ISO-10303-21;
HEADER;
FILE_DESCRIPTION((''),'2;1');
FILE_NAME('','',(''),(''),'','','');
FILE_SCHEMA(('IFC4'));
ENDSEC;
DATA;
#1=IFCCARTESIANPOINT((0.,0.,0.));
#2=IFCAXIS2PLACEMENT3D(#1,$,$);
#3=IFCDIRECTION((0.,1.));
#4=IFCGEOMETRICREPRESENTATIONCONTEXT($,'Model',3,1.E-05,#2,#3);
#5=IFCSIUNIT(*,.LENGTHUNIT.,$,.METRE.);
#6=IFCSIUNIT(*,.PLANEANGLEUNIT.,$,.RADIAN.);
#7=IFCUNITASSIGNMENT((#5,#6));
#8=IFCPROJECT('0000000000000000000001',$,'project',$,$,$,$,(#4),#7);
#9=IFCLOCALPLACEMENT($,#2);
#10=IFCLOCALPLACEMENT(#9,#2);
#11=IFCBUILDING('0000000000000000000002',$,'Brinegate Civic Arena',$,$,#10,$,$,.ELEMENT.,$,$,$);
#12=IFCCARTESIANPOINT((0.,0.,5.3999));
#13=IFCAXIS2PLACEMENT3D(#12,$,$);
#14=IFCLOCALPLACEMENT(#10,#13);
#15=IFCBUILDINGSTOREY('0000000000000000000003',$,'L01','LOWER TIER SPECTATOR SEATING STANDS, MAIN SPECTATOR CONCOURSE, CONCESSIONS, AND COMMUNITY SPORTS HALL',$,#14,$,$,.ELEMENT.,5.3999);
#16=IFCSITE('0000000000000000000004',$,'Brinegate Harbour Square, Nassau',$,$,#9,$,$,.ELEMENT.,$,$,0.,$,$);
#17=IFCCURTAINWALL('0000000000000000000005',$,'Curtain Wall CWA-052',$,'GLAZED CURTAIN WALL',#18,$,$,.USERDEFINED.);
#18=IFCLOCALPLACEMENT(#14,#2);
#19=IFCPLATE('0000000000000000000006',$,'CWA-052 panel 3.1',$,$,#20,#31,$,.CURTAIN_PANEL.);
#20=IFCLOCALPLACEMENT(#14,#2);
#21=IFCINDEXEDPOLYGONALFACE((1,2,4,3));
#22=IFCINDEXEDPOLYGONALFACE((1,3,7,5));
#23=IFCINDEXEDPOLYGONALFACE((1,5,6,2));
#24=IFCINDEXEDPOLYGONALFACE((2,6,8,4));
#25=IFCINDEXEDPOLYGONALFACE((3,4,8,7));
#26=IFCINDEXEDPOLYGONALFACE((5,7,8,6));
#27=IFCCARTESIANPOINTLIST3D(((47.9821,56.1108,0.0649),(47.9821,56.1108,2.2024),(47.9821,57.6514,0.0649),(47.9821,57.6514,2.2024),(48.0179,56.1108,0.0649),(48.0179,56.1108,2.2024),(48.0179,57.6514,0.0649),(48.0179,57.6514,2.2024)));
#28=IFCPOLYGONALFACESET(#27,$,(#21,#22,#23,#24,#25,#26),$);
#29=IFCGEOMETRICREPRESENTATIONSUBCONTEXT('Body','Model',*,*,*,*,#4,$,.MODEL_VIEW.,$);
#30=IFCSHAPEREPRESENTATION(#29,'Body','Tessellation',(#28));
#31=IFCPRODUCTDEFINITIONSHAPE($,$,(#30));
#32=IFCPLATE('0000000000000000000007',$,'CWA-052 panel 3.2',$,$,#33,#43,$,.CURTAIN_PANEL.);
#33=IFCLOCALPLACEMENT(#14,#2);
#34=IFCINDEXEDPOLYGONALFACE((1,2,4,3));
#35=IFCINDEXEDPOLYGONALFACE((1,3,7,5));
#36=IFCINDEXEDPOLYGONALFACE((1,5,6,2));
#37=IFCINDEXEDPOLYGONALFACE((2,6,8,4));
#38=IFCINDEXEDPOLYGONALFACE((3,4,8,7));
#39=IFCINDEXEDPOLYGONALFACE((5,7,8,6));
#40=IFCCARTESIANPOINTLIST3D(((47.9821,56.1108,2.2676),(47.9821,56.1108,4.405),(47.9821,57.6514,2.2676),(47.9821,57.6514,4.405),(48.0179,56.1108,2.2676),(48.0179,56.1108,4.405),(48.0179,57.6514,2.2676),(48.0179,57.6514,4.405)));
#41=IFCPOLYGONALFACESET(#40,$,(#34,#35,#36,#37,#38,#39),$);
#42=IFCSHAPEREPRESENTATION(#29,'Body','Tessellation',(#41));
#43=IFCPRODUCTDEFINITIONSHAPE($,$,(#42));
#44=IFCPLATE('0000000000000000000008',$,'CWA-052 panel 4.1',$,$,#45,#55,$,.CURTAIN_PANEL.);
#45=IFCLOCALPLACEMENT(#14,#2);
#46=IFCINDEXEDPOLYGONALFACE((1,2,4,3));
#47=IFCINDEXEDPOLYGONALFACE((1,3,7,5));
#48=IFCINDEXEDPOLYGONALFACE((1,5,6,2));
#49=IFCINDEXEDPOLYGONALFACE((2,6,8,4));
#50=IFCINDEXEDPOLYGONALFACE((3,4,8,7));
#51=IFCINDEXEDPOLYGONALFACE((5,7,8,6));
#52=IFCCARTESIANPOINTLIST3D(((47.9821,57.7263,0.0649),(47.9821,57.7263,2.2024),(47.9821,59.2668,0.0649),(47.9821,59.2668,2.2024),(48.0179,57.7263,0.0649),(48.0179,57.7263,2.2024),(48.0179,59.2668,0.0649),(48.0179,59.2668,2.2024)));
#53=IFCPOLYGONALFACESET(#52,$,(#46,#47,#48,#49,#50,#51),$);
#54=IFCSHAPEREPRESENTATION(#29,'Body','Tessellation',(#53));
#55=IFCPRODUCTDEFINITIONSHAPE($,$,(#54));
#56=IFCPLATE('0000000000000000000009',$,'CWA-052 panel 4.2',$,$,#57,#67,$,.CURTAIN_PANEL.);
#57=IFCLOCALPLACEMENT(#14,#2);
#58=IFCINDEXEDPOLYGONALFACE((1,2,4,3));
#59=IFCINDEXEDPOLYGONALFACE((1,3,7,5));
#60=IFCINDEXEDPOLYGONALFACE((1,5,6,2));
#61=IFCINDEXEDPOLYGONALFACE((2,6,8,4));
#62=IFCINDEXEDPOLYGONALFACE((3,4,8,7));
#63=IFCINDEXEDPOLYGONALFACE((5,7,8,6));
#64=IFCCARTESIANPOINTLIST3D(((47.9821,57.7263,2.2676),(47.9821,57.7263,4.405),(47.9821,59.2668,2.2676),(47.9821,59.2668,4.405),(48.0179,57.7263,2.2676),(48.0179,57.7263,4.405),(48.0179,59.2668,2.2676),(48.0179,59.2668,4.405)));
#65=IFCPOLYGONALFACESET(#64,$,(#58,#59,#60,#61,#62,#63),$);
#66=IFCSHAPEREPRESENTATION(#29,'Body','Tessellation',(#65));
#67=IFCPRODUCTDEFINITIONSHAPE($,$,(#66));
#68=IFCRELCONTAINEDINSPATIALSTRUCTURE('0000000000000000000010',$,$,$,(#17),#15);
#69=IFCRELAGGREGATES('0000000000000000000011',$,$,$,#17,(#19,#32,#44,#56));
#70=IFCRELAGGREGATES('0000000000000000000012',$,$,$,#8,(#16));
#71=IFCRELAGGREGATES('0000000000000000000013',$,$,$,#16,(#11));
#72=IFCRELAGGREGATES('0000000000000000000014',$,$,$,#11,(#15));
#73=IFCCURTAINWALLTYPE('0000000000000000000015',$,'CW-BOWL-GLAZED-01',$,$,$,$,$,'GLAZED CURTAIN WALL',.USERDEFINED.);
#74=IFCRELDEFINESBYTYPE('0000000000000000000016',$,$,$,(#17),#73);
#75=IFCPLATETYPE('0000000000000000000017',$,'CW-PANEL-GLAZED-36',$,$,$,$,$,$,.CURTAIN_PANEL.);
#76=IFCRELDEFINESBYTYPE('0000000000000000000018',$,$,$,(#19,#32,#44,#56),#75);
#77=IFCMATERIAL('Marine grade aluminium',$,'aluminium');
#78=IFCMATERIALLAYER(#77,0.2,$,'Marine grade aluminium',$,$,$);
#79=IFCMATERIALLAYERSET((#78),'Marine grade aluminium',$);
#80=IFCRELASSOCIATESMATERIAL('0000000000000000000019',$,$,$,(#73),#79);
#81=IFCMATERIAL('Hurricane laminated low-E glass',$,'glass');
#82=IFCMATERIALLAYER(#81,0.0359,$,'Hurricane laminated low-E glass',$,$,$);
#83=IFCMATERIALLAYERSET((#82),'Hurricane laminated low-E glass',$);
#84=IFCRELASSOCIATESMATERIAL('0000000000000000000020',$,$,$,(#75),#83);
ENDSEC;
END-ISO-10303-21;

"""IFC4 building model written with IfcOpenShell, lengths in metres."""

from ifc_helpers import new_model, si_unit, direction, frame, origin, origin_2d, place, context, subcontext, project, spatial, rectangle, extrude, material, layer, layer_set, type_object, element, aggregate, save


model = new_model("IFC4")

# Units and contexts
model_context = context("Model", 3, precision=1e-05, world=origin(), true_north=direction((0.0, 1.0)))
body_context = subcontext(model_context, "Body", "Model", "MODEL_VIEW")
ifc_project = project(units=[si_unit("LENGTHUNIT", "METRE"), si_unit("PLANEANGLEUNIT", "RADIAN")], contexts=[model_context])

# Site, building, storey
site_placement = place(None, origin())
site = spatial("IfcSite", under=ifc_project, at=site_placement, Name="Brinegate Harbour Square, Nassau", CompositionType="ELEMENT", RefElevation=0.0)
building_placement = place(site_placement, origin())
building = spatial("IfcBuilding", under=site, at=building_placement, Name="Brinegate Civic Arena", CompositionType="ELEMENT")
storey_placement = place(building_placement, frame((0.0, 0.0, 5.3999)))
storey = spatial("IfcBuildingStorey", under=building, at=storey_placement, Name="L01", Description="LOWER TIER SPECTATOR SEATING STANDS, MAIN SPECTATOR CONCOURSE, CONCESSIONS, AND COMMUNITY SPORTS HALL", CompositionType="ELEMENT", Elevation=5.3999)

# Curtain wall, plates
ifc_material_1 = material(Name="Marine grade aluminium", Category="aluminium")
ifc_layer_1 = layer(ifc_material_1, 0.2, Name="Marine grade aluminium")
ifc_layer_set_1 = layer_set([ifc_layer_1], Name="Marine grade aluminium")
curtain_wall_type = type_object("IfcCurtainWallType", Name="CW-BOWL-GLAZED-01", ElementType="GLAZED CURTAIN WALL", PredefinedType="USERDEFINED", material=ifc_layer_set_1)
curtain_wall_placement = place(storey_placement, origin())
curtain_wall = element("IfcCurtainWall", 1, at=curtain_wall_placement, inside=storey, type_object=curtain_wall_type, Name="Curtain Wall CWA-052", ObjectType="GLAZED CURTAIN WALL", PredefinedType="USERDEFINED")
ifc_material_2 = material(Name="Hurricane laminated low-E glass", Category="glass")
ifc_layer_2 = layer(ifc_material_2, 0.0359, Name="Hurricane laminated low-E glass")
ifc_layer_set_2 = layer_set([ifc_layer_2], Name="Hurricane laminated low-E glass")
plate_type = type_object("IfcPlateType", Name="CW-PANEL-GLAZED-36", PredefinedType="CURTAIN_PANEL", material=ifc_layer_set_2)
plate_1_placement = place(storey_placement, frame((48.0, 56.8811, 0.0649), z_axis=(0.0, 0.0, 1.0), x_axis=(0.0, 1.0, 0.0)))
plate_1 = element("IfcPlate", 2, at=plate_1_placement, type_object=plate_type, Name="CWA-052 panel 3.1", PredefinedType="CURTAIN_PANEL", context=body_context, shape_type="SweptSolid", body=[
    extrude(rectangle(XDim=1.5405, YDim=0.0359, at=origin_2d()), origin(), (0.0, 0.0, 1.0), 2.1375),
])
plate_2_placement = place(storey_placement, frame((48.0, 56.8811, 2.2676), z_axis=(0.0, 0.0, 1.0), x_axis=(0.0, 1.0, 0.0)))
plate_2 = element("IfcPlate", 3, at=plate_2_placement, type_object=plate_type, Name="CWA-052 panel 3.2", PredefinedType="CURTAIN_PANEL", context=body_context, shape_type="SweptSolid", body=[
    extrude(rectangle(XDim=1.5405, YDim=0.0359, at=origin_2d()), origin(), (0.0, 0.0, 1.0), 2.1375),
])
plate_3_placement = place(storey_placement, frame((48.0, 58.4966, 0.0649), z_axis=(0.0, 0.0, 1.0), x_axis=(0.0, 1.0, 0.0)))
plate_3 = element("IfcPlate", 4, at=plate_3_placement, type_object=plate_type, Name="CWA-052 panel 4.1", PredefinedType="CURTAIN_PANEL", context=body_context, shape_type="SweptSolid", body=[
    extrude(rectangle(XDim=1.5405, YDim=0.0359, at=origin_2d()), origin(), (0.0, 0.0, 1.0), 2.1375),
])
plate_4_placement = place(storey_placement, frame((48.0, 58.4966, 2.2676), z_axis=(0.0, 0.0, 1.0), x_axis=(0.0, 1.0, 0.0)))
plate_4 = element("IfcPlate", 5, at=plate_4_placement, type_object=plate_type, Name="CWA-052 panel 4.2", PredefinedType="CURTAIN_PANEL", context=body_context, shape_type="SweptSolid", body=[
    extrude(rectangle(XDim=1.5405, YDim=0.0359, at=origin_2d()), origin(), (0.0, 0.0, 1.0), 2.1375),
])
aggregate(curtain_wall, [plate_1, plate_2, plate_3, plate_4])

save(model, "model.ifc")
